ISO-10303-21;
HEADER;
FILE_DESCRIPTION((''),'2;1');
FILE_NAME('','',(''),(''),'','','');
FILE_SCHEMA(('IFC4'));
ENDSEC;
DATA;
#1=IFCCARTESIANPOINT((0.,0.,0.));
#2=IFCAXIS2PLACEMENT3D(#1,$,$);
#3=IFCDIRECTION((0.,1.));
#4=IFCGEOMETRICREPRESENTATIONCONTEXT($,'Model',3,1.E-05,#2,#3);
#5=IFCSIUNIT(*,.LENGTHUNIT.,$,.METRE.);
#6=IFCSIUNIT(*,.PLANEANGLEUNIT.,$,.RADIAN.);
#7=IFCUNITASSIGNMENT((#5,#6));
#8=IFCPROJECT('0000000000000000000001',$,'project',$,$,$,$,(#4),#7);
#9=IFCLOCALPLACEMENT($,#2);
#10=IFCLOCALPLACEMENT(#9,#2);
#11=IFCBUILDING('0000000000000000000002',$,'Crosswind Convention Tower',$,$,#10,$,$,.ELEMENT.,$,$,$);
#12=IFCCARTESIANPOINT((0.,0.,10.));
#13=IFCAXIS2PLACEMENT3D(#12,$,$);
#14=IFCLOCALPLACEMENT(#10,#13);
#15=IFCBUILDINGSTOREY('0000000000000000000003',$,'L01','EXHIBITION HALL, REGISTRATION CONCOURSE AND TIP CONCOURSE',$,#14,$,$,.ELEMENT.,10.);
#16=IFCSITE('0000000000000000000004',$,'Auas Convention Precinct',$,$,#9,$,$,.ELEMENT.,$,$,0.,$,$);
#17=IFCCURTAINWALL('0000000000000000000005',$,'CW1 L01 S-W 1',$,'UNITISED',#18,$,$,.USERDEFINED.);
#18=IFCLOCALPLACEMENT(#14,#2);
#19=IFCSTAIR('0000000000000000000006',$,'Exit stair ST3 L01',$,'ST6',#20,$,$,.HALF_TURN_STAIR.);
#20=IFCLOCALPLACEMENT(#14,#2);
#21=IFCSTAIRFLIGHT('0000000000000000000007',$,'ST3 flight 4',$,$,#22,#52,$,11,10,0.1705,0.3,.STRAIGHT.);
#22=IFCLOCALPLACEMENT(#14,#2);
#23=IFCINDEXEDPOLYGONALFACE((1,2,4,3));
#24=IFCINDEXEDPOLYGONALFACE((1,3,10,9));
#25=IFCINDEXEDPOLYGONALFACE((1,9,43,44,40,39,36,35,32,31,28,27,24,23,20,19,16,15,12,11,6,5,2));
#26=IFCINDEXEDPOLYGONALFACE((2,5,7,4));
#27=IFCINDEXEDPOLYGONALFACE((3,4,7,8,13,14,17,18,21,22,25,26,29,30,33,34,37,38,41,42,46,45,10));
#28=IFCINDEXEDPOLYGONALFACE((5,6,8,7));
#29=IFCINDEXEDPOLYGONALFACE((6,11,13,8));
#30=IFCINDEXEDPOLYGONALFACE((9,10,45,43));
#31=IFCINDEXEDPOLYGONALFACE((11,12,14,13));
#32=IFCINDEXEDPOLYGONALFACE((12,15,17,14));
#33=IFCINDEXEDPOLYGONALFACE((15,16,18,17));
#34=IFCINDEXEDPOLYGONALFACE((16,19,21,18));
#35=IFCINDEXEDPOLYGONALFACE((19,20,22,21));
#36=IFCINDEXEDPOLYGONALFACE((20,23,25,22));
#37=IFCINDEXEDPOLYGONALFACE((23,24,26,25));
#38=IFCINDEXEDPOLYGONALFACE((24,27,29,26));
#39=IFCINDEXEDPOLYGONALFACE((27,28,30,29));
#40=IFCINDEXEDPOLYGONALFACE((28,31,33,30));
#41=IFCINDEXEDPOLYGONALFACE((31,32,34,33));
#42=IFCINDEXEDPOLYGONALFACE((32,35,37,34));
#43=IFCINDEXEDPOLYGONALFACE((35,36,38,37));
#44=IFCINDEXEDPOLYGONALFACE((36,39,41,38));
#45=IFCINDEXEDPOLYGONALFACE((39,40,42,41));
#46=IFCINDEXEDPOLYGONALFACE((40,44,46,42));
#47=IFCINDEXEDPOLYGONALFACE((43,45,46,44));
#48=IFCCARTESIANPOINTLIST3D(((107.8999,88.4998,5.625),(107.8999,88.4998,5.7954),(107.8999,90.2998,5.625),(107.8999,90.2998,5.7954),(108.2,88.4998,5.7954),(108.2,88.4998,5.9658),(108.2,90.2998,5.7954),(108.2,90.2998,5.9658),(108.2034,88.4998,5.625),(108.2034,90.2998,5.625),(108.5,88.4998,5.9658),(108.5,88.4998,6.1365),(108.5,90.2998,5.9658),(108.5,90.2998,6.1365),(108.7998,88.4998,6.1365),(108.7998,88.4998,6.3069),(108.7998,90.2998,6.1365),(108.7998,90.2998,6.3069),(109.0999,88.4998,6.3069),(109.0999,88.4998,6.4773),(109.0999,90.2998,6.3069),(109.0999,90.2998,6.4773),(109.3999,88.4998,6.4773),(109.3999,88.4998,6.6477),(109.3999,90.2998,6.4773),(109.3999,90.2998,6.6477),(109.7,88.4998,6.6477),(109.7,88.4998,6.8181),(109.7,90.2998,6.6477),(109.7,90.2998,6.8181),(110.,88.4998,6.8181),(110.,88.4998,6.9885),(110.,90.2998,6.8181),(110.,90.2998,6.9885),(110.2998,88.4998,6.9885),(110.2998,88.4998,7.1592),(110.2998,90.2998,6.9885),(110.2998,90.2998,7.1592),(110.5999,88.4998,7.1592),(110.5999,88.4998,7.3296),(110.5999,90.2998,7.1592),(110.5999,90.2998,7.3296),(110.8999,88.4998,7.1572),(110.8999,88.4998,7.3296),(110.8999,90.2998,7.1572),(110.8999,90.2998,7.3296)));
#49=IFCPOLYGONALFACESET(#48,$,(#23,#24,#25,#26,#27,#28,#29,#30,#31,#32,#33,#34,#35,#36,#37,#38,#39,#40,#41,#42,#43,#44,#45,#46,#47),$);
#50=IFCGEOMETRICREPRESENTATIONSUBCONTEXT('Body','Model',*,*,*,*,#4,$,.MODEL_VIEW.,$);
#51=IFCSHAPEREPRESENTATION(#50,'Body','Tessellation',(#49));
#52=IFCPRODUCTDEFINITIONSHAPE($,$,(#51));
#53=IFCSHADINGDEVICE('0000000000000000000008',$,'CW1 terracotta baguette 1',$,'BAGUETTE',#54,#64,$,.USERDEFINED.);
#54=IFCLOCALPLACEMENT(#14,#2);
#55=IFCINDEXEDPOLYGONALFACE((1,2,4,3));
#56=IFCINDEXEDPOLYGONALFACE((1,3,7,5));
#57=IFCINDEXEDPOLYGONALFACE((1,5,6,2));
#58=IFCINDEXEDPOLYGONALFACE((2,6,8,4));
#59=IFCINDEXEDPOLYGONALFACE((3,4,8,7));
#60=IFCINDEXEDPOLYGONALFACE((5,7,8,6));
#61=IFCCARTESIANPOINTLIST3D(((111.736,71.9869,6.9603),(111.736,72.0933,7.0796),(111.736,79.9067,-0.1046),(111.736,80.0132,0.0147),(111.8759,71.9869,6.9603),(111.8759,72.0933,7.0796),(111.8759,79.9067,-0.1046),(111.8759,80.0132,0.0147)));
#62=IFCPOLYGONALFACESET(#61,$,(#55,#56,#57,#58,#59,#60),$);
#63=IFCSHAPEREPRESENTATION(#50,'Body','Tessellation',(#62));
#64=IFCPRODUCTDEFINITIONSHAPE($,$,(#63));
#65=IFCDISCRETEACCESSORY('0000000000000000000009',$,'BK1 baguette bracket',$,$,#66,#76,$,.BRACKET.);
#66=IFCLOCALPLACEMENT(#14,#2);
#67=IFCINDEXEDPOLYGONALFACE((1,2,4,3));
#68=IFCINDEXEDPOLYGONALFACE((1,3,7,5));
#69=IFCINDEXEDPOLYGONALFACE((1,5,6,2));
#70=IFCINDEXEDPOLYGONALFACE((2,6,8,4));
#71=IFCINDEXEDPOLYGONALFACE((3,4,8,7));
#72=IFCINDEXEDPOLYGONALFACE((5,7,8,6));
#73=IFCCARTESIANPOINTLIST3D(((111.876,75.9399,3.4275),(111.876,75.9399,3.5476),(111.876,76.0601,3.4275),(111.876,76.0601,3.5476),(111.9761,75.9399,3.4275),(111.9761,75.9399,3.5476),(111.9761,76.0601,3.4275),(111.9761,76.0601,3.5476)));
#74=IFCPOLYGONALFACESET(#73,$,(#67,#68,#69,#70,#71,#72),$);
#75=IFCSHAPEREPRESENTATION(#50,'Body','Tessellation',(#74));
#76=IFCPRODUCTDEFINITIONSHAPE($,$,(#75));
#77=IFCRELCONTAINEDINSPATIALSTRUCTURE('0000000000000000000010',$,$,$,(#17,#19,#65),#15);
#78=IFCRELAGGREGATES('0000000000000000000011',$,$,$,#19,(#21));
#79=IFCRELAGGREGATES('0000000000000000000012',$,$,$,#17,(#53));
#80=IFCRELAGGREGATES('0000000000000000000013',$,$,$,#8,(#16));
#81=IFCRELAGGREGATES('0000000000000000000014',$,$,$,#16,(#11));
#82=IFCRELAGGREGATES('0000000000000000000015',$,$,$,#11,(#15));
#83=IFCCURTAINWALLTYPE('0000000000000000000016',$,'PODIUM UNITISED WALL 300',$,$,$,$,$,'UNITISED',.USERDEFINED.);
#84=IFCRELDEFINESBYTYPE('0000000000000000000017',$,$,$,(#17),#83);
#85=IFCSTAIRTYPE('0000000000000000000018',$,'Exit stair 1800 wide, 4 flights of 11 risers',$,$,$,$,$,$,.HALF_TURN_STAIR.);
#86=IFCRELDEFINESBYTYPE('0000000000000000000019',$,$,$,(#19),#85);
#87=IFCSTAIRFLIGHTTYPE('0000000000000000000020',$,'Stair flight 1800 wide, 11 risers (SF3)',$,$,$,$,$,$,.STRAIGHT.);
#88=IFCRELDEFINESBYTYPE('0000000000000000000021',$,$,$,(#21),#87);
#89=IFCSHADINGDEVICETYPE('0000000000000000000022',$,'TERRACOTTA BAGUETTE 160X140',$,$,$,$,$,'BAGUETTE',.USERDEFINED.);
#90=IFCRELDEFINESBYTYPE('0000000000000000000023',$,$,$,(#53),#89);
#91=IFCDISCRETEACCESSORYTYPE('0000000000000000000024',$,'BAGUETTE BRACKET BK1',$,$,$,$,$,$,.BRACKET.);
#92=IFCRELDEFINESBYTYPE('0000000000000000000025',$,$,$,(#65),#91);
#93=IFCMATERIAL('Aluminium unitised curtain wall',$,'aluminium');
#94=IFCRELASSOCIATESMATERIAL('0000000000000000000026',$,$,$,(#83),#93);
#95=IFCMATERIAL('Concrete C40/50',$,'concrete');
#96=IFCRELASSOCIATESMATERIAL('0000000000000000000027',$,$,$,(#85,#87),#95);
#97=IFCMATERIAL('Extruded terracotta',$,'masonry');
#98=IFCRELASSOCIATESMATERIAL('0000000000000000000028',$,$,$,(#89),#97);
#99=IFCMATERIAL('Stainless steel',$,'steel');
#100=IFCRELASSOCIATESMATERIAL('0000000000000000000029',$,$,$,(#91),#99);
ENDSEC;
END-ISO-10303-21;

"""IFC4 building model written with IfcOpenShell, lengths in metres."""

from ifc_helpers import new_model, si_unit, direction, frame, origin, origin_2d, place, context, subcontext, project, spatial, polyline, rectangle, outline, extrude, material, material_profile, profile_set, type_object, element, aggregate, save


model = new_model("IFC4")

# Units and contexts
model_context = context("Model", 3, precision=1e-05, world=origin(), true_north=direction((0.0, 1.0)))
body_context = subcontext(model_context, "Body", "Model", "MODEL_VIEW")
ifc_project = project(units=[si_unit("LENGTHUNIT", "METRE"), si_unit("PLANEANGLEUNIT", "RADIAN")], contexts=[model_context])

# Site, building, storey
site_placement = place(None, origin())
site = spatial("IfcSite", under=ifc_project, at=site_placement, Name="Auas Convention Precinct", CompositionType="ELEMENT", RefElevation=0.0)
building_placement = place(site_placement, origin())
building = spatial("IfcBuilding", under=site, at=building_placement, Name="Crosswind Convention Tower", CompositionType="ELEMENT")
storey_placement = place(building_placement, frame((0.0, 0.0, 10.0)))
storey = spatial("IfcBuildingStorey", under=building, at=storey_placement, Name="L01", Description="EXHIBITION HALL, REGISTRATION CONCOURSE AND TIP CONCOURSE", CompositionType="ELEMENT", Elevation=10.0)

# Shared definitions
ifc_material_1 = material(Name="Aluminium unitised curtain wall", Category="aluminium")

# Curtain wall
curtain_wall_type_1 = type_object("IfcCurtainWallType", Name="PODIUM UNITISED WALL 300", ElementType="UNITISED", PredefinedType="USERDEFINED", material=ifc_material_1)
curtain_wall_1_placement = place(storey_placement, origin())
curtain_wall_1 = element("IfcCurtainWall", 1, at=curtain_wall_1_placement, inside=storey, type_object=curtain_wall_type_1, Name="CW1 L01 S-W 1", ObjectType="UNITISED", PredefinedType="USERDEFINED")

# Shared definitions
ifc_material_2 = material(Name="Stainless steel", Category="steel")

# Stair, stair flight
ifc_material_3 = material(Name="Concrete C40/50", Category="concrete")
stair_type = type_object("IfcStairType", Name="Exit stair 1800 wide, 4 flights of 11 risers", PredefinedType="HALF_TURN_STAIR", material=ifc_material_3)
stair_placement = place(storey_placement, origin())
stair = element("IfcStair", 2, at=stair_placement, inside=storey, type_object=stair_type, Name="Exit stair ST3 L01", ObjectType="ST6", PredefinedType="HALF_TURN_STAIR")
stair_flight_type = type_object("IfcStairFlightType", Name="Stair flight 1800 wide, 11 risers (SF3)", PredefinedType="STRAIGHT", material=ifc_material_3)
stair_flight_1_placement = place(storey_placement, frame((107.8999, 89.3999, 5.625), z_axis=(0.0, 0.0, 1.0), x_axis=(1.0, 0.0, 0.0)))
stair_flight_1 = element("IfcStairFlight", 3, at=stair_flight_1_placement, type_object=stair_flight_type, Name="ST3 flight 4", NumberOfRisers=11, NumberOfTreads=10, PredefinedType="STRAIGHT", RiserHeight=0.1705, TreadLength=0.3, context=body_context, shape_type="SweptSolid", body=[
    extrude(outline(polyline([(0.0, 0.0), (0.0, 0.1704), (0.3, 0.1704), (0.3, 0.3408), (0.6001, 0.3408), (0.6001, 0.5115), (0.8999, 0.5115), (0.8999, 0.6819), (1.2, 0.6819), (1.2, 0.8523), (1.5, 0.8523), (1.5, 1.0227), (1.8, 1.0227), (1.8, 1.1931), (2.1001, 1.1931), (2.1001, 1.3635), (2.3999, 1.3635), (2.3999, 1.5342), (2.7, 1.5342), (2.7, 1.7046), (3.0, 1.7046), (3.0, 1.875), (3.0, 1.5322), (0.3035, 0.0), (0.0, 0.0)])), frame((0.0, 0.8999, 0.0), z_axis=(0.0, -1.0, 0.0), x_axis=(1.0, 0.0, 0.0)), (0.0, 0.0, 1.0), 1.8),
])
aggregate(stair, [stair_flight_1])

# Shading device
ifc_material_4 = material(Name="Extruded terracotta", Category="masonry")
ifc_material_profile_1 = material_profile(ifc_material_4, rectangle(XDim=0.1399, YDim=0.1599, at=origin_2d()), Name="TC 140X160")
ifc_profile_set_1 = profile_set([ifc_material_profile_1], Name="Extruded terracotta")
shading_device_type = type_object("IfcShadingDeviceType", Name="TERRACOTTA BAGUETTE 160X140", ElementType="BAGUETTE", PredefinedType="USERDEFINED", material=ifc_profile_set_1)
shading_device_placement = place(storey_placement, frame((111.8059, 79.96, -0.0449), z_axis=(0.0, -0.746238, 0.665679), x_axis=(1.0, 0.0, 0.0)))
shading_device = element("IfcShadingDevice", 4, at=shading_device_placement, type_object=shading_device_type, Name="CW1 terracotta baguette 1", ObjectType="BAGUETTE", PredefinedType="USERDEFINED", context=body_context, shape_type="SweptSolid", body=[
    extrude(rectangle(XDim=0.1399, YDim=0.1599, at=origin_2d()), origin(), (0.0, 0.0, 1.0), 10.613),
])
aggregate(curtain_wall_1, [shading_device])

# Discrete accessory
discrete_accessory_type = type_object("IfcDiscreteAccessoryType", Name="BAGUETTE BRACKET BK1", PredefinedType="BRACKET", material=ifc_material_2)
discrete_accessory_placement = place(storey_placement, frame((111.926, 76.0, 3.4275), z_axis=(0.0, 0.0, 1.0), x_axis=(0.0, -1.0, 0.0)))
element("IfcDiscreteAccessory", 5, at=discrete_accessory_placement, inside=storey, type_object=discrete_accessory_type, Name="BK1 baguette bracket", PredefinedType="BRACKET", context=body_context, shape_type="SweptSolid", body=[
    extrude(rectangle(XDim=0.1201, YDim=0.1001, at=origin_2d()), origin(), (0.0, 0.0, 1.0), 0.1201),
])

save(model, "model.ifc")
